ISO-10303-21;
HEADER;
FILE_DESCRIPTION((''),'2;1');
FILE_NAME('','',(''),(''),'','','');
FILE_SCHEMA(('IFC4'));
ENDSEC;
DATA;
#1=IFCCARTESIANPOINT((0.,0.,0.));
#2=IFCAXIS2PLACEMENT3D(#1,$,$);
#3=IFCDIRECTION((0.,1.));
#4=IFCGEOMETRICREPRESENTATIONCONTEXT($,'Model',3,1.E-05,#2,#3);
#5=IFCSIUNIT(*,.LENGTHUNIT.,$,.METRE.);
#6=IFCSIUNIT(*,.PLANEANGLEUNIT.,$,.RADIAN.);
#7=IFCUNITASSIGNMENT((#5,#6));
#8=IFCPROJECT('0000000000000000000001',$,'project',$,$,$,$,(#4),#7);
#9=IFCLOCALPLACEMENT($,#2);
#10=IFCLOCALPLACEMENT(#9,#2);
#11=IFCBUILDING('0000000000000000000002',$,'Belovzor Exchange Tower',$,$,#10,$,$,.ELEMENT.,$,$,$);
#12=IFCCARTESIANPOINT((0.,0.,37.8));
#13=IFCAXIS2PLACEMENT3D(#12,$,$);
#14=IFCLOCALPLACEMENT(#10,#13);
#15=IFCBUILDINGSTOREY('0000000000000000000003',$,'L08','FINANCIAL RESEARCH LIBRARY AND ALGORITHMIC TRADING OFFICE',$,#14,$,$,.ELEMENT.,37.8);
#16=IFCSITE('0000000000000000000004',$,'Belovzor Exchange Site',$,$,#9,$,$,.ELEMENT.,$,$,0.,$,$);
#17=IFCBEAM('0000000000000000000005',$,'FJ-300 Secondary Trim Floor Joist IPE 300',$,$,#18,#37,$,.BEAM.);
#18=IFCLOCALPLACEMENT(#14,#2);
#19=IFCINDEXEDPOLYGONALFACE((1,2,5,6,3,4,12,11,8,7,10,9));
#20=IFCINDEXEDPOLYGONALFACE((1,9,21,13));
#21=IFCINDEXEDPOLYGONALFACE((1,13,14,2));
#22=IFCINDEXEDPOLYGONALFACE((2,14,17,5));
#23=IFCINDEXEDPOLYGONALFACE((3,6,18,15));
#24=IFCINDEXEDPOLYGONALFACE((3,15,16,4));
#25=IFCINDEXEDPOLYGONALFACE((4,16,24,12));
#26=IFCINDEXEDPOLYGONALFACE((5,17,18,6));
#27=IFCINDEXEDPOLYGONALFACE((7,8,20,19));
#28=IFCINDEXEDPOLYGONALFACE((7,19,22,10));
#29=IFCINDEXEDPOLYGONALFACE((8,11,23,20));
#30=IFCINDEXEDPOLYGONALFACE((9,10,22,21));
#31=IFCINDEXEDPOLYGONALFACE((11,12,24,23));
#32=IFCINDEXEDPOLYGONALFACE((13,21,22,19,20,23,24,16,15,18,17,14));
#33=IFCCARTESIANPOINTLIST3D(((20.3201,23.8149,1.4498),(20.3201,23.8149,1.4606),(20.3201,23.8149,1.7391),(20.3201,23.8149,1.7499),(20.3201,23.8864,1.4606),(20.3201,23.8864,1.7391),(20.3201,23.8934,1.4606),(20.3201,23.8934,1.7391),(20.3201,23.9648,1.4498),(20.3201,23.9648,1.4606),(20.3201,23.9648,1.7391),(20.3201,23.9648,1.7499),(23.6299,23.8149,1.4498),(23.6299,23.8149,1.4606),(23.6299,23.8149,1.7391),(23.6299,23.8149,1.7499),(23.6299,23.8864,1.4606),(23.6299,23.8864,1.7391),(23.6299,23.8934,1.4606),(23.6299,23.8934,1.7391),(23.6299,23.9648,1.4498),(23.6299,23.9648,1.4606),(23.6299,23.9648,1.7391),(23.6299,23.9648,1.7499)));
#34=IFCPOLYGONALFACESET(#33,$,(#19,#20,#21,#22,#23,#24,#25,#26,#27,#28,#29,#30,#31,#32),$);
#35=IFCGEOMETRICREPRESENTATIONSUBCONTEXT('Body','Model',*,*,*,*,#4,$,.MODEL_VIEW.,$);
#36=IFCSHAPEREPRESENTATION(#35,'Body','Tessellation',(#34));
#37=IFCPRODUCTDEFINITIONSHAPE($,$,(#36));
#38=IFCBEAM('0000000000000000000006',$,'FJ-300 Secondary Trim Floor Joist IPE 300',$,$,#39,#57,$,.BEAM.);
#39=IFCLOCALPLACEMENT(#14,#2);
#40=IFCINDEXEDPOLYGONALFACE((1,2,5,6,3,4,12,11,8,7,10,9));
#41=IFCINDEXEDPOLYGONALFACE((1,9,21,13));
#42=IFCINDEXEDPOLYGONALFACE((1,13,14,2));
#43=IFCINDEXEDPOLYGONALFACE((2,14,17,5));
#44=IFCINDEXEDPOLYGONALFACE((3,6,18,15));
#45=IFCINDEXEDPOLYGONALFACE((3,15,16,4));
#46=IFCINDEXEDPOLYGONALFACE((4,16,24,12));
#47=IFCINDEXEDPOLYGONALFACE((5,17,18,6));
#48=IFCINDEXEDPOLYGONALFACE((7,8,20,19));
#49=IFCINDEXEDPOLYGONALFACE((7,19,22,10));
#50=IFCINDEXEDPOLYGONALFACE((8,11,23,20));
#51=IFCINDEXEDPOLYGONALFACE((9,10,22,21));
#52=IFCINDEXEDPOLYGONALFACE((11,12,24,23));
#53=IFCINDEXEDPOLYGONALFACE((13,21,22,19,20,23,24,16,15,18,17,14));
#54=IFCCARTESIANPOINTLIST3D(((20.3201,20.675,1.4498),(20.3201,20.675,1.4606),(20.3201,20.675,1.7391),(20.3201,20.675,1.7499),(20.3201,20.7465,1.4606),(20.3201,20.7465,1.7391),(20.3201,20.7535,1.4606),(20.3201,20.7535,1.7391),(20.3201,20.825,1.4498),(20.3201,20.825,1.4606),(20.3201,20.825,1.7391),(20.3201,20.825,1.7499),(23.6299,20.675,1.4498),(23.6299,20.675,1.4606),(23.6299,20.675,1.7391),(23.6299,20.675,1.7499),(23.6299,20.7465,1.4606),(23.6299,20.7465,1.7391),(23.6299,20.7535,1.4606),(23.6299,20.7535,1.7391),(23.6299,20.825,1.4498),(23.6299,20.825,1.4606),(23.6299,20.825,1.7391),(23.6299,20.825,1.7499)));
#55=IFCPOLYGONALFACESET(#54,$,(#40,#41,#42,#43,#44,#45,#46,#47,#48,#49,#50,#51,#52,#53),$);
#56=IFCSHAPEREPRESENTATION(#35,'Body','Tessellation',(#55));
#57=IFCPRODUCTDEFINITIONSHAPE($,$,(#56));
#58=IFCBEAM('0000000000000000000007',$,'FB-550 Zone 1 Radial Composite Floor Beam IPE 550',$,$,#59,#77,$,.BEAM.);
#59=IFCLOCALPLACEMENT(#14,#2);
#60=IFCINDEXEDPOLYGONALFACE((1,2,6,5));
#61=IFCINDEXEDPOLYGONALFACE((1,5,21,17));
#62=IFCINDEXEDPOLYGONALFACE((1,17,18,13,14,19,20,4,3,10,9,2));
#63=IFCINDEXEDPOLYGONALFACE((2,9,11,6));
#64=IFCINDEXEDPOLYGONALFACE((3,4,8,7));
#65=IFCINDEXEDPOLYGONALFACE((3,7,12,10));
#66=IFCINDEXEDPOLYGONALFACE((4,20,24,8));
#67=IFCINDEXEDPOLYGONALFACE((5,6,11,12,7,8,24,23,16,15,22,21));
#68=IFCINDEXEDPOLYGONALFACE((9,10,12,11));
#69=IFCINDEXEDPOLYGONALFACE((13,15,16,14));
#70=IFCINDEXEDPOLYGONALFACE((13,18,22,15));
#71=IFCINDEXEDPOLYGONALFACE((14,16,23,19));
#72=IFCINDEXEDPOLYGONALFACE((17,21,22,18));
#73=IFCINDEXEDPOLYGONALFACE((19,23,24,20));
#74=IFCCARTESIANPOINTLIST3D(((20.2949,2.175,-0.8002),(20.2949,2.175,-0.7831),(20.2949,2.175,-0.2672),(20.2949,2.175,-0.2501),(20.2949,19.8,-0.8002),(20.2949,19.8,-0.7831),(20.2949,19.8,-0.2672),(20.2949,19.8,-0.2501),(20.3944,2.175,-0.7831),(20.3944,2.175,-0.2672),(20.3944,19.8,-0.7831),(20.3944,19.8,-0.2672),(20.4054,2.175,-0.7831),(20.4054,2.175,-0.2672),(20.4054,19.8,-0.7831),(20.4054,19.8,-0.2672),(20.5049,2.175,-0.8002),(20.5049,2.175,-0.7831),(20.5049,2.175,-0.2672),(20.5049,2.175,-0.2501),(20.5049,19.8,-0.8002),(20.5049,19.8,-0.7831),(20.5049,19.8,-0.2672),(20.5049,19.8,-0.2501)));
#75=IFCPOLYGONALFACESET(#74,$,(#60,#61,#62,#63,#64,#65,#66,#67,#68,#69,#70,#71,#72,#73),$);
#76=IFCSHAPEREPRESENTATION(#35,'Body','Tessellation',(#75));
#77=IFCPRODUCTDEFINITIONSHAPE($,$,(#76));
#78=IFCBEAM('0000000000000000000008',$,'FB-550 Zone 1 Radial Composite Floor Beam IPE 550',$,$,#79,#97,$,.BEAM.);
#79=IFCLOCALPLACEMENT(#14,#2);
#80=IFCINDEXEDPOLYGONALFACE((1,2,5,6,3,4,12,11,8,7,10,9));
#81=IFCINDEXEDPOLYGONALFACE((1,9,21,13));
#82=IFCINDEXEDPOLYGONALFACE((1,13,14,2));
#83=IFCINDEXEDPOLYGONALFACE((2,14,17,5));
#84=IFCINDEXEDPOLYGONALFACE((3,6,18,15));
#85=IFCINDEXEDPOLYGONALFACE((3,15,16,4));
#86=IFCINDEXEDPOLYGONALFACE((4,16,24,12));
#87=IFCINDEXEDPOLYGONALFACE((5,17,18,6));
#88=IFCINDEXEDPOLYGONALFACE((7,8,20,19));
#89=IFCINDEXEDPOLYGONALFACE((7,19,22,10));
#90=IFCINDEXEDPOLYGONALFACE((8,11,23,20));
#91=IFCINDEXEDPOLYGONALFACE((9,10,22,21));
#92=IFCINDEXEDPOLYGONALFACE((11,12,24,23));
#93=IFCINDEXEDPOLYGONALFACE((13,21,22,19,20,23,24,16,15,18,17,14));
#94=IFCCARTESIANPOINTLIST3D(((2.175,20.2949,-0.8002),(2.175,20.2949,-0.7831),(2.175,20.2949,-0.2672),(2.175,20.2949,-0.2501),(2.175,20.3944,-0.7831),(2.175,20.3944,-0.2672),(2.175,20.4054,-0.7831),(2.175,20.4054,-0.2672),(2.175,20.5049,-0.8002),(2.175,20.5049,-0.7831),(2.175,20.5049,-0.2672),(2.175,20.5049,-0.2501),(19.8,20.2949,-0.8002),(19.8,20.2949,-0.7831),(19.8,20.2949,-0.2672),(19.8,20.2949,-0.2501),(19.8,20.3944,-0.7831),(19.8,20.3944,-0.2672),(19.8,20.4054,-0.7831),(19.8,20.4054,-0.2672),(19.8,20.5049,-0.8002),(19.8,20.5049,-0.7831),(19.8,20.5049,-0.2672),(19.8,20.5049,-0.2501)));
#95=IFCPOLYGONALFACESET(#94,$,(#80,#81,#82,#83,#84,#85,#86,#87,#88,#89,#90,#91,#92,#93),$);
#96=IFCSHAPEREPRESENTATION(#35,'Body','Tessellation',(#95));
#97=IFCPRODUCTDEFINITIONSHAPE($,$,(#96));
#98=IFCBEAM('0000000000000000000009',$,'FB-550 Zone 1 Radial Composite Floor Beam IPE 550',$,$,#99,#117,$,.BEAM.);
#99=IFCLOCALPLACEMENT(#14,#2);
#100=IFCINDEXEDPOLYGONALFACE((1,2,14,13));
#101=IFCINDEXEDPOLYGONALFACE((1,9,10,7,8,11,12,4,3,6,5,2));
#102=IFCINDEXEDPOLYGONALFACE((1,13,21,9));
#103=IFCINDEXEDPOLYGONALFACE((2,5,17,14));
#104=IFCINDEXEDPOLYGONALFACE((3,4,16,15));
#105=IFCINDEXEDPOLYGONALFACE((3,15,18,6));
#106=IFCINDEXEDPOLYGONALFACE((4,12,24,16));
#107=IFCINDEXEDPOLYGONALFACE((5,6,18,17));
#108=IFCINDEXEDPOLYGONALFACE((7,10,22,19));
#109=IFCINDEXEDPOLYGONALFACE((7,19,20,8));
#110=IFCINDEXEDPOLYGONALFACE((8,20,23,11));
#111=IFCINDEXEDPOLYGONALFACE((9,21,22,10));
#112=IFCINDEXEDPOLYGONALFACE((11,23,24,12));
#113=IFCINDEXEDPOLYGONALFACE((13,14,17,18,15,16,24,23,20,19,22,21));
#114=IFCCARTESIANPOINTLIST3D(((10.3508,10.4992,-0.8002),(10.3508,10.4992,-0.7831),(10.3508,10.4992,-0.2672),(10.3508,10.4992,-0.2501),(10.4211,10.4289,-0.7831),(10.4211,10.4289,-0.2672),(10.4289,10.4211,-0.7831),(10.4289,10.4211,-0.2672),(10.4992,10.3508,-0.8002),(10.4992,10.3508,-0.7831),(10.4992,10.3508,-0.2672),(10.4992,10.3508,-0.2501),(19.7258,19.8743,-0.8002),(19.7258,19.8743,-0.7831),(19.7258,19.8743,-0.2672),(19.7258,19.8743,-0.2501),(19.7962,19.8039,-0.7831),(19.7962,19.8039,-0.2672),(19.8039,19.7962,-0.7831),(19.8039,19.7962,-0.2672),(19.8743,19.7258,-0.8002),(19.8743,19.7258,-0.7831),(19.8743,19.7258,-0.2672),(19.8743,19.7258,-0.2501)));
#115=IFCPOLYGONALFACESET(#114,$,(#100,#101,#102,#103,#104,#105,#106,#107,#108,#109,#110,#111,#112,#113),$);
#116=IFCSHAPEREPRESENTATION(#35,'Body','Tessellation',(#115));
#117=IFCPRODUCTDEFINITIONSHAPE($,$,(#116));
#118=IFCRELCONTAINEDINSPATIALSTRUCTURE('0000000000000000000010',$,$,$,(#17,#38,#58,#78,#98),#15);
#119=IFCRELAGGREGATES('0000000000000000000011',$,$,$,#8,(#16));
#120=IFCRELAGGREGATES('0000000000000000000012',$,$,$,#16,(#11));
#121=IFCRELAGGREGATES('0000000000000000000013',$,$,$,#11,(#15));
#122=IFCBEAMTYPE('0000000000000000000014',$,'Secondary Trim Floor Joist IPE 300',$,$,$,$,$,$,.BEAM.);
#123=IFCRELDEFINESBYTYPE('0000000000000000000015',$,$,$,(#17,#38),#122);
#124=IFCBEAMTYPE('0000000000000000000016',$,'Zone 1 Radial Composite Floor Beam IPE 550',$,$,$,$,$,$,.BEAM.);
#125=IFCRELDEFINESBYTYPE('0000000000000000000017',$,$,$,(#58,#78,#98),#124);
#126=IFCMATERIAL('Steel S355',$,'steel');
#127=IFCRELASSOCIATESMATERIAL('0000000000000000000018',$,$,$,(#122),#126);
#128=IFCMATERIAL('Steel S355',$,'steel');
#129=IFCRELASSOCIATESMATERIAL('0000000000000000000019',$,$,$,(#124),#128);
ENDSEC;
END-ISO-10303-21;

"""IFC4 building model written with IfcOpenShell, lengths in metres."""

from ifc_helpers import new_model, si_unit, direction, frame, origin, origin_2d, place, context, subcontext, project, spatial, i_section, extrude, material, material_profile, profile_set, type_object, element, save


model = new_model("IFC4")

# Units and contexts
model_context = context("Model", 3, precision=1e-05, world=origin(), true_north=direction((0.0, 1.0)))
body_context = subcontext(model_context, "Body", "Model", "MODEL_VIEW")
ifc_project = project(units=[si_unit("LENGTHUNIT", "METRE"), si_unit("PLANEANGLEUNIT", "RADIAN")], contexts=[model_context])

# Site, building, storey
site_placement = place(None, origin())
site = spatial("IfcSite", under=ifc_project, at=site_placement, Name="Belovzor Exchange Site", CompositionType="ELEMENT", RefElevation=0.0)
building_placement = place(site_placement, origin())
building = spatial("IfcBuilding", under=site, at=building_placement, Name="Belovzor Exchange Tower", CompositionType="ELEMENT")
storey_placement = place(building_placement, frame((0.0, 0.0, 37.8)))
storey = spatial("IfcBuildingStorey", under=building, at=storey_placement, Name="L08", Description="FINANCIAL RESEARCH LIBRARY AND ALGORITHMIC TRADING OFFICE", CompositionType="ELEMENT", Elevation=37.8)

# Beams
ifc_material_1 = material(Name="Steel S355", Category="steel")
ifc_material_profile_1 = material_profile(ifc_material_1, i_section(OverallWidth=0.1499, OverallDepth=0.3, WebThickness=0.0071, FlangeThickness=0.0107, at=origin_2d()))
ifc_profile_set_1 = profile_set([ifc_material_profile_1], Name="Steel S355")
beam_type_1 = type_object("IfcBeamType", Name="Secondary Trim Floor Joist IPE 300", PredefinedType="BEAM", material=ifc_profile_set_1)
for number, where, z_axis, x_axis, name in (
    (1, (20.3201, 23.8899, 1.5999), (1.0, 0.0, 0.0), (0.0, 1.0, 0.0), "FJ-300 Secondary Trim Floor Joist IPE 300"),
    (2, (20.3201, 20.75, 1.5999), (1.0, 0.0, 0.0), (0.0, 1.0, 0.0), "FJ-300 Secondary Trim Floor Joist IPE 300"),
):
    element("IfcBeam", number, at=place(storey_placement, frame(where, z_axis=z_axis, x_axis=x_axis)), inside=storey, type_object=beam_type_1, Name=name, PredefinedType="BEAM", context=body_context, shape_type="SweptSolid", body=[
        extrude(i_section(OverallWidth=0.1499, OverallDepth=0.3, WebThickness=0.0071, FlangeThickness=0.0107, at=origin_2d()), origin(), (0.0, 0.0, 1.0), 3.3098),
    ])
ifc_material_2 = material(Name="Steel S355", Category="steel")
ifc_material_profile_2 = material_profile(ifc_material_2, i_section(OverallWidth=0.21, OverallDepth=0.55, WebThickness=0.011, FlangeThickness=0.0171, at=origin_2d()))
ifc_profile_set_2 = profile_set([ifc_material_profile_2], Name="Steel S355")
beam_type_2 = type_object("IfcBeamType", Name="Zone 1 Radial Composite Floor Beam IPE 550", PredefinedType="BEAM", material=ifc_profile_set_2)
for number, where, z_axis, x_axis, name in (
    (3, (20.3999, 19.8, -0.5251), (0.0, -1.0, 0.0), (1.0, 0.0, 0.0), "FB-550 Zone 1 Radial Composite Floor Beam IPE 550"),
    (4, (19.8, 20.3999, -0.5251), (-1.0, 0.0, 0.0), (0.0, -1.0, 0.0), "FB-550 Zone 1 Radial Composite Floor Beam IPE 550"),
):
    element("IfcBeam", number, at=place(storey_placement, frame(where, z_axis=z_axis, x_axis=x_axis)), inside=storey, type_object=beam_type_2, Name=name, PredefinedType="BEAM", context=body_context, shape_type="SweptSolid", body=[
        extrude(i_section(OverallWidth=0.21, OverallDepth=0.55, WebThickness=0.011, FlangeThickness=0.0171, at=origin_2d()), origin(), (0.0, 0.0, 1.0), 17.625),
    ])
beam_placement = place(storey_placement, frame((19.8, 19.8, -0.5251), z_axis=(-0.707107, -0.707107, 0.0), x_axis=(0.707107, -0.707107, 0.0)))
element("IfcBeam", 5, at=beam_placement, inside=storey, type_object=beam_type_2, Name="FB-550 Zone 1 Radial Composite Floor Beam IPE 550", PredefinedType="BEAM", context=body_context, shape_type="SweptSolid", body=[
    extrude(i_section(OverallWidth=0.21, OverallDepth=0.55, WebThickness=0.011, FlangeThickness=0.0171, at=origin_2d()), origin(), (0.0, 0.0, 1.0), 13.2583),
])

save(model, "model.ifc")
